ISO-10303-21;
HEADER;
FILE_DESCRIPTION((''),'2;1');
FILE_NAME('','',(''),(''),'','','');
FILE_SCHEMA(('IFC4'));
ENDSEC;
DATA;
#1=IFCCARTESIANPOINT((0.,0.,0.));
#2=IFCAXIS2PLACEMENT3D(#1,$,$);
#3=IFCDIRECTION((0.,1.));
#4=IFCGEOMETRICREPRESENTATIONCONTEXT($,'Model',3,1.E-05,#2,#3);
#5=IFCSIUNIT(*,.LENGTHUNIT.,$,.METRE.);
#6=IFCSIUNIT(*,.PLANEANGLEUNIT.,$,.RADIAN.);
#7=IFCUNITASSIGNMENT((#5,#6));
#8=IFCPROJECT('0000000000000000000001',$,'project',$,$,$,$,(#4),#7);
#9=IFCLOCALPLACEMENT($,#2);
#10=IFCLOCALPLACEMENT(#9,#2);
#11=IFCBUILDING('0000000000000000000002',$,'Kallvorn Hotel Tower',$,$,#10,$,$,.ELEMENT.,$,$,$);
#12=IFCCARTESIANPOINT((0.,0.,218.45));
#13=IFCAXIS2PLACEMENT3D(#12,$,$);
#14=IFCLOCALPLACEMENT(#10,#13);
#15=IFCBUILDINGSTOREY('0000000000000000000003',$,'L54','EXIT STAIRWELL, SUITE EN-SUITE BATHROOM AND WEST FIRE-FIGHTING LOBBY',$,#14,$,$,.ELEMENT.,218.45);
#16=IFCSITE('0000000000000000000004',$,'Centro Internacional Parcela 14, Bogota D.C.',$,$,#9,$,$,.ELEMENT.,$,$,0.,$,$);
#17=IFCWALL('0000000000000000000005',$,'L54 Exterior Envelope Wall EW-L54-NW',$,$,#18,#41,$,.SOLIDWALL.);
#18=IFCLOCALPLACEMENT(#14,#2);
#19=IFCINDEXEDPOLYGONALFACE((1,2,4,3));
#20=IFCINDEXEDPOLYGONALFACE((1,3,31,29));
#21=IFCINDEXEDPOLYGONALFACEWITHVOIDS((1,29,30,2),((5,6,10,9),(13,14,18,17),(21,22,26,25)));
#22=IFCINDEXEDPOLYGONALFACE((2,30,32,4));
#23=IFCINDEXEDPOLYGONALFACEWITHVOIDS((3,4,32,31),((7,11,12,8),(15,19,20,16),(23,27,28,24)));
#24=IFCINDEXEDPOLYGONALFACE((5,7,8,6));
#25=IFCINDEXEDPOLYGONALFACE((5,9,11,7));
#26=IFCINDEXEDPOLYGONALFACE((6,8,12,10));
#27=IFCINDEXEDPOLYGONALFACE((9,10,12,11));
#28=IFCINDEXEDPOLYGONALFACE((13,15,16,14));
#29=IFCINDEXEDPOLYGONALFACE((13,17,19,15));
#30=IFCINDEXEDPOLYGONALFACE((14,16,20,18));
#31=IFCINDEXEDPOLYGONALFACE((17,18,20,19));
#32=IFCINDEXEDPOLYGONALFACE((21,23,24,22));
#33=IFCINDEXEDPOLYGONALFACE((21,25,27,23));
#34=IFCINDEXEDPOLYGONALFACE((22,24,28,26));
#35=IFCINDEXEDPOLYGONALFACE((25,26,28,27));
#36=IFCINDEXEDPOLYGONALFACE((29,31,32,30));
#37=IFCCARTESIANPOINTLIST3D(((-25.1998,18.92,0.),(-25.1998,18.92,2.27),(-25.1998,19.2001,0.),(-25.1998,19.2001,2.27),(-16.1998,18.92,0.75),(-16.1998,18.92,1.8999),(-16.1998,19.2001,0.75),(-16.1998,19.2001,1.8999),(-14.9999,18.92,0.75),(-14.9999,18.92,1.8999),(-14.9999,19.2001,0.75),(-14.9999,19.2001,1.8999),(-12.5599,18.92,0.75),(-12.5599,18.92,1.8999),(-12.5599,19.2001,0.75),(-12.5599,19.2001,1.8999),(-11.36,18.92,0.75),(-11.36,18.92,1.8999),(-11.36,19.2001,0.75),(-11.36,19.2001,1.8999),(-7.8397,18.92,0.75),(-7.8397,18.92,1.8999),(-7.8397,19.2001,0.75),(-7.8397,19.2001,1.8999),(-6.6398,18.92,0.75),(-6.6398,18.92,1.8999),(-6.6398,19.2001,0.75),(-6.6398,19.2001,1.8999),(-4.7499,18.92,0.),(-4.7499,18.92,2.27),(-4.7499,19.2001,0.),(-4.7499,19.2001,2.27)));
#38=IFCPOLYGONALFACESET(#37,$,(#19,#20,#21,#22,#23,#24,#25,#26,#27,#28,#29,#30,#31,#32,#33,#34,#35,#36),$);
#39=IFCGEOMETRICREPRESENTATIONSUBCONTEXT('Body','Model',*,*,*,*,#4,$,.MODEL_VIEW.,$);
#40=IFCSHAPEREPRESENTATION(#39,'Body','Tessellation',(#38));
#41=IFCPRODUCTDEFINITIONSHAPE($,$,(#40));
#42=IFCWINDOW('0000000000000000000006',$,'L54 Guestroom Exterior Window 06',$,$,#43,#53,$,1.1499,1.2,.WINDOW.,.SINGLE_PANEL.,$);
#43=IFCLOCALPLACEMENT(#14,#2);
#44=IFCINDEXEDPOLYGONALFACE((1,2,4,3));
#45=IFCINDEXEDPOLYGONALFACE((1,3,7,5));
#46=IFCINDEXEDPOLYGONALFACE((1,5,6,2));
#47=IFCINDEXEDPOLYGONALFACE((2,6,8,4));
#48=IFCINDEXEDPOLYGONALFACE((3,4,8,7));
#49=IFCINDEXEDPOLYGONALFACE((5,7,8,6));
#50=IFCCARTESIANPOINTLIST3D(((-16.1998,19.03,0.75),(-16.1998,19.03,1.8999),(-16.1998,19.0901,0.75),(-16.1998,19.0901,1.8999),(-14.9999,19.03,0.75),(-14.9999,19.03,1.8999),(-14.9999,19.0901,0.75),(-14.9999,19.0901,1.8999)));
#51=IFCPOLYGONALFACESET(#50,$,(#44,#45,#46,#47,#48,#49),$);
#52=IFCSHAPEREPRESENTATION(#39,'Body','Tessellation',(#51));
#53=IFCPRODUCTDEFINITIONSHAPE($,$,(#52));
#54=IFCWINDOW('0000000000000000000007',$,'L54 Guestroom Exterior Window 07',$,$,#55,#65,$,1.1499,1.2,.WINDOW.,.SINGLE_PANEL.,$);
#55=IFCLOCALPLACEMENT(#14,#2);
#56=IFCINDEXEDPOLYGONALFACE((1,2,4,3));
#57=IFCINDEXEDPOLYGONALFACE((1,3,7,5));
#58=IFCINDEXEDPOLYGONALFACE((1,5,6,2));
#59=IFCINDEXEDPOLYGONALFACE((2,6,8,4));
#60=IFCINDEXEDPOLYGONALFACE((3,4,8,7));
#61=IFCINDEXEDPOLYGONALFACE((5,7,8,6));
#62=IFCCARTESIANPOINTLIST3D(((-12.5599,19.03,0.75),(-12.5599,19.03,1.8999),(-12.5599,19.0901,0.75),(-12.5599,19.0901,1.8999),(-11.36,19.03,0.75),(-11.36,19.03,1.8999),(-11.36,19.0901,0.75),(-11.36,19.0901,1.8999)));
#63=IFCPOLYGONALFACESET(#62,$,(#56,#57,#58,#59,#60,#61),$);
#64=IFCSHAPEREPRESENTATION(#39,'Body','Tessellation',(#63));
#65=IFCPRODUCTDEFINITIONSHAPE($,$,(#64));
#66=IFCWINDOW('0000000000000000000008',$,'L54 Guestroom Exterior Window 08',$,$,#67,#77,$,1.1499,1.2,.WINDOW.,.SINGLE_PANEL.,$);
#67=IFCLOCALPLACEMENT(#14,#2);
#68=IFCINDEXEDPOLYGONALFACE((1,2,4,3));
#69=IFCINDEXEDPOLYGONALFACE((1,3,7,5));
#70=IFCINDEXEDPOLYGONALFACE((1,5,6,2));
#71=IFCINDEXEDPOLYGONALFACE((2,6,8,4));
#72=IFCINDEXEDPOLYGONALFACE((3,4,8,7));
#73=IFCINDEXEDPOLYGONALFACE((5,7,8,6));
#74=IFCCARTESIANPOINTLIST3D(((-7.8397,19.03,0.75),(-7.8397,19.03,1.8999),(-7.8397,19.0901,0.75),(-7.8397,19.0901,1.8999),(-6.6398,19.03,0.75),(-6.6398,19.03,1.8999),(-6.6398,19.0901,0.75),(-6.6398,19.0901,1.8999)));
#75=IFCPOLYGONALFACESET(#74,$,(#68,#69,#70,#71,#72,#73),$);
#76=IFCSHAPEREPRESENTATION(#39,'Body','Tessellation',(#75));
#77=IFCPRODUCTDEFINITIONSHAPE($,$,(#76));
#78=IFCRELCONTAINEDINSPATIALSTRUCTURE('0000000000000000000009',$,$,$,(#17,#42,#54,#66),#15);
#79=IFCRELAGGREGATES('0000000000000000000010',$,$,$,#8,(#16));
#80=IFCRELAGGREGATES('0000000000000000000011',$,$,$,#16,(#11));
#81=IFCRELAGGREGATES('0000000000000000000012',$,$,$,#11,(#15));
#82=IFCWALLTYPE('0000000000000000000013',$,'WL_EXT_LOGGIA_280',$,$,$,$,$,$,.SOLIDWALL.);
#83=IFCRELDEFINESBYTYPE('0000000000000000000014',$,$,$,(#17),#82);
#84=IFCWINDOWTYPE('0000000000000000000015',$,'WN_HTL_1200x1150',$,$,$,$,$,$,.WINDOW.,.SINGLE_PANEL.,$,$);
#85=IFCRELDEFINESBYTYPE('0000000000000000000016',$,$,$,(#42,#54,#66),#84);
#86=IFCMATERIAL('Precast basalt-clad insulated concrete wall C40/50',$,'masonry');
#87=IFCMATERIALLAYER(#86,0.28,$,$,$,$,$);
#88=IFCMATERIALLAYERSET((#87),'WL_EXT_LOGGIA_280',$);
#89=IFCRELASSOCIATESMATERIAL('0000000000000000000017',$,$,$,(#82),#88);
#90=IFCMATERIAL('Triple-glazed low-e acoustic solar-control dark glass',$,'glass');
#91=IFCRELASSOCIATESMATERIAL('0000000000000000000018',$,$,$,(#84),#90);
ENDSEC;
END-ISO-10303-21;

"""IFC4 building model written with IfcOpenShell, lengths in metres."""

from ifc_helpers import new_model, si_unit, direction, frame, frame_2d, origin, place, context, subcontext, project, spatial, rectangle, extrude, material, layer, layer_set, type_object, element, fill, save


model = new_model("IFC4")

# Units and contexts
model_context = context("Model", 3, precision=1e-05, world=origin(), true_north=direction((0.0, 1.0)))
body_context = subcontext(model_context, "Body", "Model", "MODEL_VIEW")
ifc_project = project(units=[si_unit("LENGTHUNIT", "METRE"), si_unit("PLANEANGLEUNIT", "RADIAN")], contexts=[model_context])

# Site, building, storey
site_placement = place(None, origin())
site = spatial("IfcSite", under=ifc_project, at=site_placement, Name="Centro Internacional Parcela 14, Bogota D.C.", CompositionType="ELEMENT", RefElevation=0.0)
building_placement = place(site_placement, origin())
building = spatial("IfcBuilding", under=site, at=building_placement, Name="Kallvorn Hotel Tower", CompositionType="ELEMENT")
storey_placement = place(building_placement, frame((0.0, 0.0, 218.45)))
storey = spatial("IfcBuildingStorey", under=building, at=storey_placement, Name="L54", Description="EXIT STAIRWELL, SUITE EN-SUITE BATHROOM AND WEST FIRE-FIGHTING LOBBY", CompositionType="ELEMENT", Elevation=218.45)

# Shared definitions
ifc_material_1 = material(Name="Precast basalt-clad insulated concrete wall C40/50", Category="masonry")
ifc_layer_1 = layer(ifc_material_1, 0.28)
ifc_layer_set_1 = layer_set([ifc_layer_1], Name="WL_EXT_LOGGIA_280")
wall_type = type_object("IfcWallType", Name="WL_EXT_LOGGIA_280", PredefinedType="SOLIDWALL", material=ifc_layer_set_1)

# Wall, openings, windows
wall_1_placement = place(storey_placement, frame((-25.2, 19.0601, 0.0), z_axis=(0.0, 0.0, 1.0), x_axis=(1.0, 0.0, 0.0)))
wall_1 = element("IfcWall", 1, at=wall_1_placement, inside=storey, type_object=wall_type, Name="L54 Exterior Envelope Wall EW-L54-NW", PredefinedType="SOLIDWALL", context=body_context, shape_type="SweptSolid", body=[
    extrude(rectangle(XDim=20.45, YDim=0.28, at=frame_2d((10.2251, 0.0))), origin(), (0.0, 0.0, 1.0), 2.27),
])
opening_1_placement = place(wall_1_placement, frame((9.0, 0.0, 0.75)))
opening_1 = element("IfcOpeningElement", 2, at=opening_1_placement, cuts=wall_1, PredefinedType="OPENING", context=body_context, shape_type="SweptSolid", body=[
    extrude(rectangle(XDim=1.2, YDim=1.1499, at=frame_2d((0.6001, 0.575))), frame((0.0, 0.155, 0.0), z_axis=(0.0, -1.0, 0.0), x_axis=(1.0, 0.0, 0.0)), (0.0, 0.0, 1.0), 0.3101),
])
opening_2_placement = place(wall_1_placement, frame((12.6399, 0.0, 0.75)))
opening_2 = element("IfcOpeningElement", 3, at=opening_2_placement, cuts=wall_1, PredefinedType="OPENING", context=body_context, shape_type="SweptSolid", body=[
    extrude(rectangle(XDim=1.2, YDim=1.1499, at=frame_2d((0.6001, 0.575))), frame((0.0, 0.155, 0.0), z_axis=(0.0, -1.0, 0.0), x_axis=(1.0, 0.0, 0.0)), (0.0, 0.0, 1.0), 0.3101),
])
opening_3_placement = place(wall_1_placement, frame((17.3601, 0.0, 0.75)))
opening_3 = element("IfcOpeningElement", 4, at=opening_3_placement, cuts=wall_1, PredefinedType="OPENING", context=body_context, shape_type="SweptSolid", body=[
    extrude(rectangle(XDim=1.2, YDim=1.1499, at=frame_2d((0.6001, 0.575))), frame((0.0, 0.155, 0.0), z_axis=(0.0, -1.0, 0.0), x_axis=(1.0, 0.0, 0.0)), (0.0, 0.0, 1.0), 0.3101),
])
ifc_material_2 = material(Name="Triple-glazed low-e acoustic solar-control dark glass", Category="glass")
window_type = type_object("IfcWindowType", Name="WN_HTL_1200x1150", PartitioningType="SINGLE_PANEL", PredefinedType="WINDOW", material=ifc_material_2)
window_1_placement = place(opening_1_placement, origin())
window_1 = element("IfcWindow", 5, at=window_1_placement, inside=storey, type_object=window_type, Name="L54 Guestroom Exterior Window 06", OverallHeight=1.1499, OverallWidth=1.2, PartitioningType="SINGLE_PANEL", PredefinedType="WINDOW", context=body_context, shape_type="SweptSolid", body=[
    extrude(rectangle(XDim=1.2, YDim=1.1499, at=frame_2d((0.6001, 0.575))), frame((0.0, 0.03, 0.0), z_axis=(0.0, -1.0, 0.0), x_axis=(1.0, 0.0, 0.0)), (0.0, 0.0, 1.0), 0.0601),
])
fill(opening_1, window_1)
window_2_placement = place(opening_2_placement, origin())
window_2 = element("IfcWindow", 6, at=window_2_placement, inside=storey, type_object=window_type, Name="L54 Guestroom Exterior Window 07", OverallHeight=1.1499, OverallWidth=1.2, PartitioningType="SINGLE_PANEL", PredefinedType="WINDOW", context=body_context, shape_type="SweptSolid", body=[
    extrude(rectangle(XDim=1.2, YDim=1.1499, at=frame_2d((0.6001, 0.575))), frame((0.0, 0.03, 0.0), z_axis=(0.0, -1.0, 0.0), x_axis=(1.0, 0.0, 0.0)), (0.0, 0.0, 1.0), 0.0601),
])
fill(opening_2, window_2)
window_3_placement = place(opening_3_placement, origin())
window_3 = element("IfcWindow", 7, at=window_3_placement, inside=storey, type_object=window_type, Name="L54 Guestroom Exterior Window 08", OverallHeight=1.1499, OverallWidth=1.2, PartitioningType="SINGLE_PANEL", PredefinedType="WINDOW", context=body_context, shape_type="SweptSolid", body=[
    extrude(rectangle(XDim=1.2, YDim=1.1499, at=frame_2d((0.6001, 0.575))), frame((0.0, 0.03, 0.0), z_axis=(0.0, -1.0, 0.0), x_axis=(1.0, 0.0, 0.0)), (0.0, 0.0, 1.0), 0.0601),
])
fill(opening_3, window_3)

save(model, "model.ifc")
